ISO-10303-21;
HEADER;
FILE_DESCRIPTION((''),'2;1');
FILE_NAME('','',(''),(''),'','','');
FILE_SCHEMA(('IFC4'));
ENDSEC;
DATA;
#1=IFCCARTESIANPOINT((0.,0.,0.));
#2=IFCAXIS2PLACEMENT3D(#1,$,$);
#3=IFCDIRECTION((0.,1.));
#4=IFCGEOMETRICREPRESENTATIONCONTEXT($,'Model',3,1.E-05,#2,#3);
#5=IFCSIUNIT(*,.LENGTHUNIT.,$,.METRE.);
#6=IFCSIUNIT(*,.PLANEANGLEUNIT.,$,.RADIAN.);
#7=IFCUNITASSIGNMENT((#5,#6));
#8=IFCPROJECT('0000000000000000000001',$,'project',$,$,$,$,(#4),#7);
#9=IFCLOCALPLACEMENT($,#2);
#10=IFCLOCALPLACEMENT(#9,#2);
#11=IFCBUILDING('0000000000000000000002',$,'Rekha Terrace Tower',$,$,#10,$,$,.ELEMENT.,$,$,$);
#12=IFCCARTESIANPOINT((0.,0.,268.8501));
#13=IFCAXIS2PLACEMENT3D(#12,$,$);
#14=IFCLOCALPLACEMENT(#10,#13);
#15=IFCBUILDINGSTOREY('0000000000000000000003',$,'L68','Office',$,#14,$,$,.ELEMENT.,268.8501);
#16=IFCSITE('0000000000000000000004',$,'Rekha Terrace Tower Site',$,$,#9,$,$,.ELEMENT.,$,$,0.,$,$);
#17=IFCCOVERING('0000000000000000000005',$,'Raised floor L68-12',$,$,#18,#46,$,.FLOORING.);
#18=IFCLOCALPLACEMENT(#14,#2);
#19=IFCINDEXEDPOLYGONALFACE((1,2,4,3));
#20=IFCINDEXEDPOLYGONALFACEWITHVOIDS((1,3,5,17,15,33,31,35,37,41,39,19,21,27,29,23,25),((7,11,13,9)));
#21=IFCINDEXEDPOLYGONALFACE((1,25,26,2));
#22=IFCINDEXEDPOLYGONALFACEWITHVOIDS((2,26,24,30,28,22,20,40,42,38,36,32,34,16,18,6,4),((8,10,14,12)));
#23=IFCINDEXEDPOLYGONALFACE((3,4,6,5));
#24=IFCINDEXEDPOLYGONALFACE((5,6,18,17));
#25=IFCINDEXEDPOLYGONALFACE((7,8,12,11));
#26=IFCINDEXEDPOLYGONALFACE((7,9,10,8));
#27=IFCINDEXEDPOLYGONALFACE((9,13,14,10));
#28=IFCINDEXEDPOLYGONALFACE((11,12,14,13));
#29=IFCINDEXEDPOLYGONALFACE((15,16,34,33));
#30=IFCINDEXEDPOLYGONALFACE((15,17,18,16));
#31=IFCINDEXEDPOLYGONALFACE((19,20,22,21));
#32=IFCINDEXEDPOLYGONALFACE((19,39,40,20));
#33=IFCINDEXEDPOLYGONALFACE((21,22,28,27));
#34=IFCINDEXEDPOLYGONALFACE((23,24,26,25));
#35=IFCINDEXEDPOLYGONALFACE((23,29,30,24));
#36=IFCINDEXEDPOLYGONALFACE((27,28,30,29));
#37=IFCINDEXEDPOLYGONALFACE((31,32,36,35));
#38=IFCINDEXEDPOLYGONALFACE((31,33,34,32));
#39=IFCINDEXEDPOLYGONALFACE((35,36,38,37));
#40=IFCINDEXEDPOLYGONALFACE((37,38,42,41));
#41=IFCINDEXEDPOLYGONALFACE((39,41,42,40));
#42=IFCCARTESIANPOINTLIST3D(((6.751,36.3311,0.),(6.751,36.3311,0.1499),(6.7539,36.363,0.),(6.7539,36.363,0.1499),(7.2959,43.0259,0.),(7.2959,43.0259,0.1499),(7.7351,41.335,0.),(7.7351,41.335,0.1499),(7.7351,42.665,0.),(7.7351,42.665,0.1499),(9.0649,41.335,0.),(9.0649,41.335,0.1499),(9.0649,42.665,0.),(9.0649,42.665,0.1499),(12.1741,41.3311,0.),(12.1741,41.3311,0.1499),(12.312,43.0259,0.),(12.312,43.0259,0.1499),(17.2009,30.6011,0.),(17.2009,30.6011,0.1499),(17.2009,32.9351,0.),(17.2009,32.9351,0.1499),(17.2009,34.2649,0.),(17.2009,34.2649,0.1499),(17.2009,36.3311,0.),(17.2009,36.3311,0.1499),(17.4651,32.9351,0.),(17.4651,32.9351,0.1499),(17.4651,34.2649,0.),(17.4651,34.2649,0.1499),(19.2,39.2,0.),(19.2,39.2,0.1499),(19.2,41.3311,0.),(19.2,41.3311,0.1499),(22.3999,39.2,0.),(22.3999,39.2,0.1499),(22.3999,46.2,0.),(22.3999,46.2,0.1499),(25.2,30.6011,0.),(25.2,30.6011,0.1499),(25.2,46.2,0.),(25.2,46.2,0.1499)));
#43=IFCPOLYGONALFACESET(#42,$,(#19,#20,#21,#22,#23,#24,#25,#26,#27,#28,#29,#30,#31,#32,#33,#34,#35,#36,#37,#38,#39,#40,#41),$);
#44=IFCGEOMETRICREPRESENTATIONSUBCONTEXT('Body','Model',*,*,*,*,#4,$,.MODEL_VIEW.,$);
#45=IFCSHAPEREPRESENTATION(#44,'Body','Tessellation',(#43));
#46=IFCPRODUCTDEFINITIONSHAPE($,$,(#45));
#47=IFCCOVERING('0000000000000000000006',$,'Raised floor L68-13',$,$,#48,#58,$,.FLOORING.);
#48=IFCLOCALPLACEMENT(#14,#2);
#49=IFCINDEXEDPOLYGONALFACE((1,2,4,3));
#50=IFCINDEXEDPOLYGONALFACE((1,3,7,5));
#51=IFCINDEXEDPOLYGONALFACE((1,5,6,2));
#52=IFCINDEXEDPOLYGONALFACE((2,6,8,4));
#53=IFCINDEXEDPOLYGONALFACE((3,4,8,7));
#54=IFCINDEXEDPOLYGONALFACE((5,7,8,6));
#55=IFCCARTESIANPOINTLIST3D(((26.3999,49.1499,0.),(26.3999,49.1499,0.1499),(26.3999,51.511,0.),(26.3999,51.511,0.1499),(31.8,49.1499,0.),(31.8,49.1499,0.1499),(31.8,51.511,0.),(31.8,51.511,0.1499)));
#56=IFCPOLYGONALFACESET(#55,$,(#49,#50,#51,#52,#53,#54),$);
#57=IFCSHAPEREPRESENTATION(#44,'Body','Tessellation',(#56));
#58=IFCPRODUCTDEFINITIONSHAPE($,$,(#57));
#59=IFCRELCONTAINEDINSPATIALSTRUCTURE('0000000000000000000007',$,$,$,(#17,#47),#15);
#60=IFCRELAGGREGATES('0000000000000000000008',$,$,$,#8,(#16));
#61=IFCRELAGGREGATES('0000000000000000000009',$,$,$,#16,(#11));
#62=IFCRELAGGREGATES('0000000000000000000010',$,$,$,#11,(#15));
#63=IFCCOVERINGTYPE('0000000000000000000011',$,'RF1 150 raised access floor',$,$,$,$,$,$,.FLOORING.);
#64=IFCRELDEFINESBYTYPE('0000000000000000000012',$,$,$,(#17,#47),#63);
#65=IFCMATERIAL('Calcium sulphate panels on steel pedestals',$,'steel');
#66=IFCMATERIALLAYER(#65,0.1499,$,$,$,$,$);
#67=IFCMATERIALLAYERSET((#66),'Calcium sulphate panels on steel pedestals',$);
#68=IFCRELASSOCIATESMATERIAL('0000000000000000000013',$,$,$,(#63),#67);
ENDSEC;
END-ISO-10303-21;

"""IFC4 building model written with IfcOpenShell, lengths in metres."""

from ifc_helpers import new_model, si_unit, direction, frame, origin, place, context, subcontext, project, spatial, polyline, outline, extrude, material, layer, layer_set, type_object, element, save


model = new_model("IFC4")

# Units and contexts
model_context = context("Model", 3, precision=1e-05, world=origin(), true_north=direction((0.0, 1.0)))
body_context = subcontext(model_context, "Body", "Model", "MODEL_VIEW")
ifc_project = project(units=[si_unit("LENGTHUNIT", "METRE"), si_unit("PLANEANGLEUNIT", "RADIAN")], contexts=[model_context])

# Site, building, storey
site_placement = place(None, origin())
site = spatial("IfcSite", under=ifc_project, at=site_placement, Name="Rekha Terrace Tower Site", CompositionType="ELEMENT", RefElevation=0.0)
building_placement = place(site_placement, origin())
building = spatial("IfcBuilding", under=site, at=building_placement, Name="Rekha Terrace Tower", CompositionType="ELEMENT")
storey_placement = place(building_placement, frame((0.0, 0.0, 268.8501)))
storey = spatial("IfcBuildingStorey", under=building, at=storey_placement, Name="L68", Description="Office", CompositionType="ELEMENT", Elevation=268.8501)

# Coverings
ifc_material_1 = material(Name="Calcium sulphate panels on steel pedestals", Category="steel")
ifc_layer_1 = layer(ifc_material_1, 0.1499)
ifc_layer_set_1 = layer_set([ifc_layer_1], Name="Calcium sulphate panels on steel pedestals")
covering_type_1 = type_object("IfcCoveringType", Name="RF1 150 raised access floor", PredefinedType="FLOORING", material=ifc_layer_set_1)
covering_1_placement = place(storey_placement, origin())
element("IfcCovering", 1, at=covering_1_placement, inside=storey, type_object=covering_type_1, Name="Raised floor L68-12", PredefinedType="FLOORING", context=body_context, shape_type="SweptSolid", body=[
    extrude(outline(polyline([(22.3999, 46.2), (22.3999, 39.2), (19.2, 39.2), (19.2, 41.3311), (12.1741, 41.3311), (12.312, 43.0259), (7.2959, 43.0259), (6.7539, 36.363), (6.751, 36.3311), (17.2009, 36.3311), (17.2009, 34.2649), (17.4651, 34.2649), (17.4651, 32.9351), (17.2009, 32.9351), (17.2009, 30.6011), (25.2, 30.6011), (25.2, 46.2), (22.3999, 46.2)]), holes=[polyline([(9.0649, 42.665), (9.0649, 41.335), (7.7351, 41.335), (7.7351, 42.665), (9.0649, 42.665)])]), origin(), (0.0, 0.0, 1.0), 0.1499),
])
covering_2_placement = place(storey_placement, origin())
element("IfcCovering", 2, at=covering_2_placement, inside=storey, type_object=covering_type_1, Name="Raised floor L68-13", PredefinedType="FLOORING", context=body_context, shape_type="SweptSolid", body=[
    extrude(outline(polyline([(31.8, 49.1499), (31.8, 51.511), (26.3999, 51.511), (26.3999, 49.1499), (31.8, 49.1499)])), origin(), (0.0, 0.0, 1.0), 0.1499),
])

save(model, "model.ifc")
